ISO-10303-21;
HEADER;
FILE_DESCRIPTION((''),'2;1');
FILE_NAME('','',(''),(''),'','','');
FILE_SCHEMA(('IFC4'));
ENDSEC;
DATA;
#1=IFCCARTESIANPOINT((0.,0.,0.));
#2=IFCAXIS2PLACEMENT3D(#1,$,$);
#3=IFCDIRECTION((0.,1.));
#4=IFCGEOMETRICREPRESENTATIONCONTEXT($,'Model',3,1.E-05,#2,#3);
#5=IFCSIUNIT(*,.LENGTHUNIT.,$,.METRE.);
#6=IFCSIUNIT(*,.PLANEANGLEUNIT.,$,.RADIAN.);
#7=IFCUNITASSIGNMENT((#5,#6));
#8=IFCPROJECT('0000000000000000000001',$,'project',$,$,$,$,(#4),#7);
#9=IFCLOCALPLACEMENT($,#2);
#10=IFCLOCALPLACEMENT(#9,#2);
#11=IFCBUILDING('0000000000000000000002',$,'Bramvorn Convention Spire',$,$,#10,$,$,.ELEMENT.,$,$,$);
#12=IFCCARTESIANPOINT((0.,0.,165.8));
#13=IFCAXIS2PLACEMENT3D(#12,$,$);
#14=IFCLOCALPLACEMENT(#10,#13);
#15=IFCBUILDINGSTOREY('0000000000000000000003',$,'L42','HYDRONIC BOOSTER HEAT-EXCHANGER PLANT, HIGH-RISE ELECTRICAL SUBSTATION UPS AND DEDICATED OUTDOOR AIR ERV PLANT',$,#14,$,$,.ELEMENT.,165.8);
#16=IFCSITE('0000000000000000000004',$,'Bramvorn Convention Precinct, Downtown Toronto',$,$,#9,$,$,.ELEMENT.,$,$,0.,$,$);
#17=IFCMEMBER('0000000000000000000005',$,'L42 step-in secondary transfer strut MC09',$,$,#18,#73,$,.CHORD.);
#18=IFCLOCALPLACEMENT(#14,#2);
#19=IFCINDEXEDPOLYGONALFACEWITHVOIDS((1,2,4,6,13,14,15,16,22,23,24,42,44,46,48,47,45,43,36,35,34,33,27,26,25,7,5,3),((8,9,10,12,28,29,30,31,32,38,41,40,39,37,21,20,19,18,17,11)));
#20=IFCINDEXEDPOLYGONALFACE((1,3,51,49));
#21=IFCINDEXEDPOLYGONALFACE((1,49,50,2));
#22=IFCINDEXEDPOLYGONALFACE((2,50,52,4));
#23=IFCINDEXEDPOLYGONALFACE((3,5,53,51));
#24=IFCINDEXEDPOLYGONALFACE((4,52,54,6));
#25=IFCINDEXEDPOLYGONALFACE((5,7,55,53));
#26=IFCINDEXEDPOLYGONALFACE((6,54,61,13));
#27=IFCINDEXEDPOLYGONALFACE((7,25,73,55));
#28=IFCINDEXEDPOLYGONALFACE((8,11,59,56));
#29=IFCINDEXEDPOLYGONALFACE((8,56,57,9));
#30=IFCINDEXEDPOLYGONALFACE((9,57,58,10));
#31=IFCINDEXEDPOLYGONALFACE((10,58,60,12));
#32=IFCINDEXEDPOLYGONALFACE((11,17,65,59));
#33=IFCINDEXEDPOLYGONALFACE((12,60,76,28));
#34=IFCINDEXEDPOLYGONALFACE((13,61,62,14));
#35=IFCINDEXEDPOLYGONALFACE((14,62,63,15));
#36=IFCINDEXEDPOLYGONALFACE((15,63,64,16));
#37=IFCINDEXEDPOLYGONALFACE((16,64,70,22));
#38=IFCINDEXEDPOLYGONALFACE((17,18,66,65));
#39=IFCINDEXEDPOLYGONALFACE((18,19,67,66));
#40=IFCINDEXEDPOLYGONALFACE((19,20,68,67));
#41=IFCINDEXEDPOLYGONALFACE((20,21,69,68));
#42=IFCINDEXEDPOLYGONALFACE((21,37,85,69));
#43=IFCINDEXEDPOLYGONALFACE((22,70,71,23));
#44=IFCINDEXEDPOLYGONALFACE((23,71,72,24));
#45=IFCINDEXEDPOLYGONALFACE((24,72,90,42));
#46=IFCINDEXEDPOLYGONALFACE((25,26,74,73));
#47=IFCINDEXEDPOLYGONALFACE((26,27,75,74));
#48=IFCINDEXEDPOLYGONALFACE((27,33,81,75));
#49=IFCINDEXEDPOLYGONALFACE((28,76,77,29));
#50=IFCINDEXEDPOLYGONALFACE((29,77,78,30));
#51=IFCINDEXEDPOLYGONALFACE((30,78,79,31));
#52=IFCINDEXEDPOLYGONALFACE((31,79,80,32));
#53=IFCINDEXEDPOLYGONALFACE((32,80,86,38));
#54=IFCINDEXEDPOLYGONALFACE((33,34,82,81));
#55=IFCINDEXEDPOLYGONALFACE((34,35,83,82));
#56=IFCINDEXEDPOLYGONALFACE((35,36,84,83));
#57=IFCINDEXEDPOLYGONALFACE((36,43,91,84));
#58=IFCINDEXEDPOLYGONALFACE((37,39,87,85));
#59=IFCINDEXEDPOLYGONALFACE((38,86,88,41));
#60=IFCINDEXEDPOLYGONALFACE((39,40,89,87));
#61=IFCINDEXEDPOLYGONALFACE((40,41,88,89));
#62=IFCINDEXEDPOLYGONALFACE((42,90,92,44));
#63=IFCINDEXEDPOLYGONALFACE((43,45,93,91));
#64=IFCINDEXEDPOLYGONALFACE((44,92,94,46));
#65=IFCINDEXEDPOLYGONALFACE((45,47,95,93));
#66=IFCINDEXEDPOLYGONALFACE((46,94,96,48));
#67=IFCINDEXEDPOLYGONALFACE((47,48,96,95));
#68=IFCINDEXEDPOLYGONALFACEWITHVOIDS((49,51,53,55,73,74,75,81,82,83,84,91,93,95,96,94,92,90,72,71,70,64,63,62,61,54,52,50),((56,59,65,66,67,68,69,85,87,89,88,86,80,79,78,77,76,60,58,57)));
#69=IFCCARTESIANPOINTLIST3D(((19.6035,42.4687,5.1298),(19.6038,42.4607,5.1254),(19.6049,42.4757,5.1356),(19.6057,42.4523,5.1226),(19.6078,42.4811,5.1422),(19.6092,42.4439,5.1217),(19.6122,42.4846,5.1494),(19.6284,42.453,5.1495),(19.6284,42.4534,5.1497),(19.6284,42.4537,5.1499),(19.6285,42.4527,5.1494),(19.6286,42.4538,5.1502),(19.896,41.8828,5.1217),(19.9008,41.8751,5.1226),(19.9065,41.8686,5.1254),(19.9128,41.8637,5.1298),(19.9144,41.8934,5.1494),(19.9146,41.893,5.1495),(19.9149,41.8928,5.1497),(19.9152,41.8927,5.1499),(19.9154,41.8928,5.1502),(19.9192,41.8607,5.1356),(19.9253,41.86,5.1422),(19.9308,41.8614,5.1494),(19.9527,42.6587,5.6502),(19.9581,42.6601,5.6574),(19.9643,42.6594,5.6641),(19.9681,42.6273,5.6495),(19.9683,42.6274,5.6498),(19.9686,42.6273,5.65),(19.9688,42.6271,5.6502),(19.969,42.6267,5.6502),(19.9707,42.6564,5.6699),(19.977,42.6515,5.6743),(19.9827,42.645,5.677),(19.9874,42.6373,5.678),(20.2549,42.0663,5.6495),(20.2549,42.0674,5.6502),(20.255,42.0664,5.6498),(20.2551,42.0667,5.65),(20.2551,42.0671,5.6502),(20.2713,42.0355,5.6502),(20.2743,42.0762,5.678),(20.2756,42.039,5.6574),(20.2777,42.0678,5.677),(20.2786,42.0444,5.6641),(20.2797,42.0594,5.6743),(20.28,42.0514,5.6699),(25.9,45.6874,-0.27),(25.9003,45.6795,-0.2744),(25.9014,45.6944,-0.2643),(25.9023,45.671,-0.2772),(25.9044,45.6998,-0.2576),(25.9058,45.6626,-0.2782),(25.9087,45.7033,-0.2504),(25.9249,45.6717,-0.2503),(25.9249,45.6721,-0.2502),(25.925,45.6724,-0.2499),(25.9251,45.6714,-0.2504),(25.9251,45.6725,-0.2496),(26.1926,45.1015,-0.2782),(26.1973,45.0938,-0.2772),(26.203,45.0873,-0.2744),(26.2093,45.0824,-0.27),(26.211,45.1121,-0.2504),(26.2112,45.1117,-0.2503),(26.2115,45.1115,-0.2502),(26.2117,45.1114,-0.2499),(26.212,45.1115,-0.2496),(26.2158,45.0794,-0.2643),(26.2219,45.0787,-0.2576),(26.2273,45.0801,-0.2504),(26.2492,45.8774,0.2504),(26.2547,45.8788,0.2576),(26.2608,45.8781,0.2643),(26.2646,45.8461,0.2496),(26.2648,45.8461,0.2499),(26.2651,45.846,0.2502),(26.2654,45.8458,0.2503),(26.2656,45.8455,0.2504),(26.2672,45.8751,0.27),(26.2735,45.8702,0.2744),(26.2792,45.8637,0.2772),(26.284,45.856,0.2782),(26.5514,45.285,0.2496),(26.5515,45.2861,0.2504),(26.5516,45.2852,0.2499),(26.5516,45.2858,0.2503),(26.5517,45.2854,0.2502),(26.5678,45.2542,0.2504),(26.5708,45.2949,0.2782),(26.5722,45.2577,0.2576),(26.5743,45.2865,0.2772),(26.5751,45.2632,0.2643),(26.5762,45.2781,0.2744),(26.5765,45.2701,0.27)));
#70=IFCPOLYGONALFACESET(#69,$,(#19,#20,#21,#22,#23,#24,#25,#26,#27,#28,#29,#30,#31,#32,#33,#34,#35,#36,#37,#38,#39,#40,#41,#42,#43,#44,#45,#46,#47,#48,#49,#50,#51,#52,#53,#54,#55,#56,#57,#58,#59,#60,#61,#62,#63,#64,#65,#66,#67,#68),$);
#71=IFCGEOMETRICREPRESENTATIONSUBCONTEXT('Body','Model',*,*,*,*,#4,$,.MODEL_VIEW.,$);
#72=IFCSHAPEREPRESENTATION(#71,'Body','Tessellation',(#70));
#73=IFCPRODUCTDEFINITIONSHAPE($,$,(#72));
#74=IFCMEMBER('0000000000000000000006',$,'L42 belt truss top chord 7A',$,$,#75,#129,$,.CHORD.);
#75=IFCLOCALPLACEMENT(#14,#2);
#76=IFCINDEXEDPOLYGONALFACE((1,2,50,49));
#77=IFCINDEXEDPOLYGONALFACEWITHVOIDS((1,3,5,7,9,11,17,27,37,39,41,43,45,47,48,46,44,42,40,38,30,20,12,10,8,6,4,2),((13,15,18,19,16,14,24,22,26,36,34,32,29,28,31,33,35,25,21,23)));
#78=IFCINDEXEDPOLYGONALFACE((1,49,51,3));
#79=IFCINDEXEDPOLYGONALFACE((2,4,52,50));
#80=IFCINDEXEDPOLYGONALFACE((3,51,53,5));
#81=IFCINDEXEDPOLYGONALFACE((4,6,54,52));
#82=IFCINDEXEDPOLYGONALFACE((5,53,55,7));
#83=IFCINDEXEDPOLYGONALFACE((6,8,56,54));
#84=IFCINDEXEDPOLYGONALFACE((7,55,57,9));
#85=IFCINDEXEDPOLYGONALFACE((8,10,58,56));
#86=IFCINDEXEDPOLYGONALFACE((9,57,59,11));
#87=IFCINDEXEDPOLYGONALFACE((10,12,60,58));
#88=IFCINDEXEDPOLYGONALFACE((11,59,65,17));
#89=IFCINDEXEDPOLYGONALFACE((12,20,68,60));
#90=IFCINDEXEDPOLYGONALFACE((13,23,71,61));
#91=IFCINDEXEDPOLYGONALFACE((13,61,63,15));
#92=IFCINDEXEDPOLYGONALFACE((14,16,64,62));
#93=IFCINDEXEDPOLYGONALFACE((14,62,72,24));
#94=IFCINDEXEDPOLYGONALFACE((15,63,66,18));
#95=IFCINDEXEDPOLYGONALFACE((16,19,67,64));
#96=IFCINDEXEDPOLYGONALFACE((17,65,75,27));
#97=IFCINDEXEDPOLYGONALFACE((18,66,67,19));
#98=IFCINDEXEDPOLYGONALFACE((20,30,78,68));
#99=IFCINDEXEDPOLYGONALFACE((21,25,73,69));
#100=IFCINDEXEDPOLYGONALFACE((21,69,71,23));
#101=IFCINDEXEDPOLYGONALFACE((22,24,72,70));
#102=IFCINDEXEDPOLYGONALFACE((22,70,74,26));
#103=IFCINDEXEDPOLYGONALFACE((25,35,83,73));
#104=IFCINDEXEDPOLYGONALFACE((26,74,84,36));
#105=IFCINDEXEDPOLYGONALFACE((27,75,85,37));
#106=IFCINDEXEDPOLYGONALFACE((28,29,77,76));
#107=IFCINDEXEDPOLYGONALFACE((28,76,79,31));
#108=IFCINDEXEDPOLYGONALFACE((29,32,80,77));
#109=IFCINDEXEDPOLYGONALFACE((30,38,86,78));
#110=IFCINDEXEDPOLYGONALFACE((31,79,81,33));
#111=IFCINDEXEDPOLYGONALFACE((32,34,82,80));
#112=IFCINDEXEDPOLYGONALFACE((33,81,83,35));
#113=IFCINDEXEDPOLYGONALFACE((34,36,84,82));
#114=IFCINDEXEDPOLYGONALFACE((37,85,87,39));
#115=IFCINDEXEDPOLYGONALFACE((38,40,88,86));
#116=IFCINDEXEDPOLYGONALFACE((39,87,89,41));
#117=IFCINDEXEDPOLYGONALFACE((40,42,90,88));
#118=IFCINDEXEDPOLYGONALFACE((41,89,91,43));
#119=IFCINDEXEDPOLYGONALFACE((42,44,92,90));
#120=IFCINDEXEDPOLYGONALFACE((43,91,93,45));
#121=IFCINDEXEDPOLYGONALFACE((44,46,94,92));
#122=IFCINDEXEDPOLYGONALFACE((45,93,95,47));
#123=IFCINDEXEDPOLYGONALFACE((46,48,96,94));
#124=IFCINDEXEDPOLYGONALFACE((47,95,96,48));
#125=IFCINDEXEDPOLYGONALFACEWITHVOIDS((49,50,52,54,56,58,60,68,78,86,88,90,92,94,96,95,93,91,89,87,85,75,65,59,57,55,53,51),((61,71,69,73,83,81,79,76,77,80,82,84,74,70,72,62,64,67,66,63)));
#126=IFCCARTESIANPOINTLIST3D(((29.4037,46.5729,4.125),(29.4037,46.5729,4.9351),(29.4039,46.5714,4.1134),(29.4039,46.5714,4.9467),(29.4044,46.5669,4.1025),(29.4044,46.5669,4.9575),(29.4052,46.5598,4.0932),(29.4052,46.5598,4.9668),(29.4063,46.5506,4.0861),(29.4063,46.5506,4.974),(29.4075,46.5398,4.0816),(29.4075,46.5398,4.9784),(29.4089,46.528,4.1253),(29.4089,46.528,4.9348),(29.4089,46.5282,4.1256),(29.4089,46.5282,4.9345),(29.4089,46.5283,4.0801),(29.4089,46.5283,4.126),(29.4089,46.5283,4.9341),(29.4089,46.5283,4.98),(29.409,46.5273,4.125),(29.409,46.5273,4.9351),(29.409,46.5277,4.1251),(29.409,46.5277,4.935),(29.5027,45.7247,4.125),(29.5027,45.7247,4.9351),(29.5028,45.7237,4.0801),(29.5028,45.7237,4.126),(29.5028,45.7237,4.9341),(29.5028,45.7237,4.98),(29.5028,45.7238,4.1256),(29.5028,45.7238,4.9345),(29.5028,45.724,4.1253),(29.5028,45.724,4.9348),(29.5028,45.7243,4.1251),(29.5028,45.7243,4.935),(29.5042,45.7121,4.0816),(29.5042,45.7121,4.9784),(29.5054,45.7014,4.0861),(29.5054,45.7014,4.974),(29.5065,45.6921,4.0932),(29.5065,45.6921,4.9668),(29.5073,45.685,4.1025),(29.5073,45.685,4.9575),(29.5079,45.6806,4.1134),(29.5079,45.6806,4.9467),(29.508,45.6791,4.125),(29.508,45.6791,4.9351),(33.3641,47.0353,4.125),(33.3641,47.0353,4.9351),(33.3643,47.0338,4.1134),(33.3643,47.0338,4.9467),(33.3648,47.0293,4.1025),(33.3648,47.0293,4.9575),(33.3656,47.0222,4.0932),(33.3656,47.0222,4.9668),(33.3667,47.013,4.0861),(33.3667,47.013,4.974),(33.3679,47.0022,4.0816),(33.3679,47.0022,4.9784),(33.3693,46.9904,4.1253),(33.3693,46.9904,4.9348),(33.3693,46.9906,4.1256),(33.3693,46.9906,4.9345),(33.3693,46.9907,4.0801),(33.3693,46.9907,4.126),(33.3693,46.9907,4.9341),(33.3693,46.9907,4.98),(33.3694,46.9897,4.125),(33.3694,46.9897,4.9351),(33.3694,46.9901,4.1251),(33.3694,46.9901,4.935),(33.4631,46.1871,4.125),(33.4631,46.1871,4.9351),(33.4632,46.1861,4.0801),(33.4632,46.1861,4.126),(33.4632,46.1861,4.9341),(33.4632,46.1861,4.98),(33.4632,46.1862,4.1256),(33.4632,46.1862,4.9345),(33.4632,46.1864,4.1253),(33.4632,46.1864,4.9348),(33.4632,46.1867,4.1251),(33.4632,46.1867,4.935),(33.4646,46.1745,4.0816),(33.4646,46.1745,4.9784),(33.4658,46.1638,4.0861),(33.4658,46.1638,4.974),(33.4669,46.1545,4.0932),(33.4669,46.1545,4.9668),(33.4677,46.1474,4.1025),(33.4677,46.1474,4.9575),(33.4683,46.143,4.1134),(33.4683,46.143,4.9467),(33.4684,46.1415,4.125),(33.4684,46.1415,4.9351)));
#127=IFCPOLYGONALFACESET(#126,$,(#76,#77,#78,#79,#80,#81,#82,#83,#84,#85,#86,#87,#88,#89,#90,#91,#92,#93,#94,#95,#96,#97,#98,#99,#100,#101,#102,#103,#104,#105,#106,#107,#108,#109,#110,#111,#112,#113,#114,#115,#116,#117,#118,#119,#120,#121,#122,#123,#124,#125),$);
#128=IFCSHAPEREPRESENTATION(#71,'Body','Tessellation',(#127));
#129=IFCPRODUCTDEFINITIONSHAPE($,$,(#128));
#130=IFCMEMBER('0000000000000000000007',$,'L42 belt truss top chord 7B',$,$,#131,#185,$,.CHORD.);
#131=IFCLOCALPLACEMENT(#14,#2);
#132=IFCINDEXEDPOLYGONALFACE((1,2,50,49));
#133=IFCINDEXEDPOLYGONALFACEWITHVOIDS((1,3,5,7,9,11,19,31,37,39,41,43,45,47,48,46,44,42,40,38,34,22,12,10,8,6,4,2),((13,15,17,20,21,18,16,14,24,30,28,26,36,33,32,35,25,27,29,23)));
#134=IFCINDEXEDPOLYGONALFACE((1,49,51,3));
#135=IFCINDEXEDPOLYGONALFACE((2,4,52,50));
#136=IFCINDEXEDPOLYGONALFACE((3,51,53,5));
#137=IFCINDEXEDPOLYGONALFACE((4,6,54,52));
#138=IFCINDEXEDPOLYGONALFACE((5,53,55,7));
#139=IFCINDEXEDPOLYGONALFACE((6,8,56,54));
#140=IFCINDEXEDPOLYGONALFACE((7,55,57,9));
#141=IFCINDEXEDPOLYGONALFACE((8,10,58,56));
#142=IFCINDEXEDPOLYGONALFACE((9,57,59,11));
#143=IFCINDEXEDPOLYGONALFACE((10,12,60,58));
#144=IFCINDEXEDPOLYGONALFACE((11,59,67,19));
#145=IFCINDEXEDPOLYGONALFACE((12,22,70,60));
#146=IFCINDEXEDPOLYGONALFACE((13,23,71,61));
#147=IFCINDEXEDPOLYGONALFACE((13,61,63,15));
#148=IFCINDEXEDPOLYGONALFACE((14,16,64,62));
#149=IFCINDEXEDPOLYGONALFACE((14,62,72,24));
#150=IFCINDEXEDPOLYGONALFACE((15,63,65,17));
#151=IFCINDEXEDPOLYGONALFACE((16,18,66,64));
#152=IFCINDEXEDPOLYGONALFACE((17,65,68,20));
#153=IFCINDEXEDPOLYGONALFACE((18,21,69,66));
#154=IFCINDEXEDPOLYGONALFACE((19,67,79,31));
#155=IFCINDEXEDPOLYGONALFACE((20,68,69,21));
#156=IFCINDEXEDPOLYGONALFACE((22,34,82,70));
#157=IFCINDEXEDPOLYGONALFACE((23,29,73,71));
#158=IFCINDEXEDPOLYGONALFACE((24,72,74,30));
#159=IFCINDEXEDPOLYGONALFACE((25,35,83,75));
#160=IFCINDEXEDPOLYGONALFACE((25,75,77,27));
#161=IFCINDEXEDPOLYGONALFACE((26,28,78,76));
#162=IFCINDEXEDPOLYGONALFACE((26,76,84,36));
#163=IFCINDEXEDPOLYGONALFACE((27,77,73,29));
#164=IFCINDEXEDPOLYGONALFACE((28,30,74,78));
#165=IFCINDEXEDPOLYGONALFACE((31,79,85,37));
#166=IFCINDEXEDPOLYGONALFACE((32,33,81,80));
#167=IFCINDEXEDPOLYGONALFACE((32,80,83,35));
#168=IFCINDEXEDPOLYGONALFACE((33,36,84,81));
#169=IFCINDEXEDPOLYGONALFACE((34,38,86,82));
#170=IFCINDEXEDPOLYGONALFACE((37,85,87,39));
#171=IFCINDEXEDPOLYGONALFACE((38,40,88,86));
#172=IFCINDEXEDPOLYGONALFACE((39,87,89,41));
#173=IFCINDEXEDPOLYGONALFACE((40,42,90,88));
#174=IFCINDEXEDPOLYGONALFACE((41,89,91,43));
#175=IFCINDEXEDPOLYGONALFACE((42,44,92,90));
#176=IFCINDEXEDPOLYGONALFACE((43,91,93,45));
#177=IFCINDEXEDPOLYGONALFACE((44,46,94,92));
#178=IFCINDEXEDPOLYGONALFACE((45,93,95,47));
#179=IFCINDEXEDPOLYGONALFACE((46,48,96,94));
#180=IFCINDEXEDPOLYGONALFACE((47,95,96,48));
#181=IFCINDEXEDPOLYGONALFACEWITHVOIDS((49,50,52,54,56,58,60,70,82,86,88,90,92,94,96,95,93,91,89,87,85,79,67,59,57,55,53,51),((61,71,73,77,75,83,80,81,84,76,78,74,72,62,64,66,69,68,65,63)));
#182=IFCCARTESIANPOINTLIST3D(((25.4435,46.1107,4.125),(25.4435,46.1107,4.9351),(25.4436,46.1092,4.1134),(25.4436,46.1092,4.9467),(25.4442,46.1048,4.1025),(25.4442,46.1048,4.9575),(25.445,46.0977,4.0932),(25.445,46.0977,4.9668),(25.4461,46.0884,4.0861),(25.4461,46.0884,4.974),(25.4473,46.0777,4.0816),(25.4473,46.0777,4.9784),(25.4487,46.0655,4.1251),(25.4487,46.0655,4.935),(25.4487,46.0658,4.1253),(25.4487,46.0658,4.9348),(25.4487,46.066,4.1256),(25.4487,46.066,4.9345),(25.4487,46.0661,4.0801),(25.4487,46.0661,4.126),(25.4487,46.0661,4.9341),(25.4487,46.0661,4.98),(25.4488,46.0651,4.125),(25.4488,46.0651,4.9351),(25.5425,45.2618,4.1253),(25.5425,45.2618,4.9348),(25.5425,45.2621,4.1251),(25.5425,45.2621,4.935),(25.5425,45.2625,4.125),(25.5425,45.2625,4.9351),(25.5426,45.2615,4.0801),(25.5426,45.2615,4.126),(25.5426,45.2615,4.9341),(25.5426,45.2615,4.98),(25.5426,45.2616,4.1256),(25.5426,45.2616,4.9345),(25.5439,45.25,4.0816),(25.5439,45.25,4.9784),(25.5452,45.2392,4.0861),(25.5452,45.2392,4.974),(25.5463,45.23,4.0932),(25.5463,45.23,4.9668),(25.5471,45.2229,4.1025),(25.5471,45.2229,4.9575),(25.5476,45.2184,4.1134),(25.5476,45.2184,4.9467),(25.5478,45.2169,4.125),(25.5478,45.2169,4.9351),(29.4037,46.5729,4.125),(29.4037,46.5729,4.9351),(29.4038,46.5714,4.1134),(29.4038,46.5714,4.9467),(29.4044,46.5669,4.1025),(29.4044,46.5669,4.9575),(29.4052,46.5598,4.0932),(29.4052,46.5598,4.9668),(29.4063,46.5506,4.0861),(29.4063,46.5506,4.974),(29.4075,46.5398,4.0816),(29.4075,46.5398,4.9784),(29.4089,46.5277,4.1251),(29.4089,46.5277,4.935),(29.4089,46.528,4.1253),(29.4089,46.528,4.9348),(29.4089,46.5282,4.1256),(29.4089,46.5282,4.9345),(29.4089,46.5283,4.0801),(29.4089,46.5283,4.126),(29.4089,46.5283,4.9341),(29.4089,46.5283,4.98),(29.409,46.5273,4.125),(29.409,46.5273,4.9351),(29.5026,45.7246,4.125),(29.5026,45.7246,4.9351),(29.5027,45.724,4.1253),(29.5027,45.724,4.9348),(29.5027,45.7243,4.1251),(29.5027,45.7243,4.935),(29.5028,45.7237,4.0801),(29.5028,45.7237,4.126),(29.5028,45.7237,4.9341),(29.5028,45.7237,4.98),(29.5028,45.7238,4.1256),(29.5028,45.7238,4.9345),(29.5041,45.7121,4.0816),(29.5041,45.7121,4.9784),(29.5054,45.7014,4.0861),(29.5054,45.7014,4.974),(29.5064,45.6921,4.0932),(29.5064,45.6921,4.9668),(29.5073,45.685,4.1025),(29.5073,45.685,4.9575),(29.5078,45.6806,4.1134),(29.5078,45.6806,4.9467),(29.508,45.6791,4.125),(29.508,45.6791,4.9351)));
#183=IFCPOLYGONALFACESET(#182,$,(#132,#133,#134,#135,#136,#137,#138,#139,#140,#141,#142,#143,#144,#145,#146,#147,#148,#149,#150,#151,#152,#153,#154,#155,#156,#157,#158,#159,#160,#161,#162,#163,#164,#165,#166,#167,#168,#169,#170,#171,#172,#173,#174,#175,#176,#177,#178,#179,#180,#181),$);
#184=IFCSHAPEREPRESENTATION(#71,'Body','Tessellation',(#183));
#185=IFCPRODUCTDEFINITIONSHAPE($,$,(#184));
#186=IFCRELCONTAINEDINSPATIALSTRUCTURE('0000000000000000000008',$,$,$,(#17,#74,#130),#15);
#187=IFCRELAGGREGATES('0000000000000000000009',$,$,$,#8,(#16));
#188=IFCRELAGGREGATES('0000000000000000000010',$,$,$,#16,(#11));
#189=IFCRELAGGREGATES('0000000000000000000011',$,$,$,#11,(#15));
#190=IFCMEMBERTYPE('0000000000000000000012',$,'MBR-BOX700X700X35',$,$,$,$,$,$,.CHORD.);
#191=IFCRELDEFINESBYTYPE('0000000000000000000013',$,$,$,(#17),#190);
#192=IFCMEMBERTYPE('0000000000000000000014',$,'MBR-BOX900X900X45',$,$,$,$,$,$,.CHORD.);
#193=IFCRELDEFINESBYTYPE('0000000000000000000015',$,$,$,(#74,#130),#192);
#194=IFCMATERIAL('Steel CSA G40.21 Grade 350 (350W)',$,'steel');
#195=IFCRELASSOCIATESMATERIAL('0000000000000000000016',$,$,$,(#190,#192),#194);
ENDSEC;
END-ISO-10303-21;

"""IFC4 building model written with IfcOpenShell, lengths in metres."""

from ifc_helpers import new_model, si_unit, direction, frame, origin, origin_2d, place, context, subcontext, project, spatial, hollow_rectangle, extrude, material, material_profile, profile_set, type_object, element, save


model = new_model("IFC4")

# Units and contexts
model_context = context("Model", 3, precision=1e-05, world=origin(), true_north=direction((0.0, 1.0)))
body_context = subcontext(model_context, "Body", "Model", "MODEL_VIEW")
ifc_project = project(units=[si_unit("LENGTHUNIT", "METRE"), si_unit("PLANEANGLEUNIT", "RADIAN")], contexts=[model_context])

# Site, building, storey
site_placement = place(None, origin())
site = spatial("IfcSite", under=ifc_project, at=site_placement, Name="Bramvorn Convention Precinct, Downtown Toronto", CompositionType="ELEMENT", RefElevation=0.0)
building_placement = place(site_placement, origin())
building = spatial("IfcBuilding", under=site, at=building_placement, Name="Bramvorn Convention Spire", CompositionType="ELEMENT")
storey_placement = place(building_placement, frame((0.0, 0.0, 165.8)))
storey = spatial("IfcBuildingStorey", under=building, at=storey_placement, Name="L42", Description="HYDRONIC BOOSTER HEAT-EXCHANGER PLANT, HIGH-RISE ELECTRICAL SUBSTATION UPS AND DEDICATED OUTDOOR AIR ERV PLANT", CompositionType="ELEMENT", Elevation=165.8)

# Shared definitions
ifc_material_1 = material(Name="Steel CSA G40.21 Grade 350 (350W)", Category="steel")

# Members
ifc_material_profile_1 = material_profile(ifc_material_1, hollow_rectangle(XDim=0.7, YDim=0.7, WallThickness=0.0349, InnerFilletRadius=0.001, OuterFilletRadius=0.0349, at=origin_2d()))
ifc_profile_set_1 = profile_set([ifc_material_profile_1], Name="Steel CSA G40.21 Grade 350 (350W) - BOX700X700X35")
member_type_1 = type_object("IfcMemberType", Name="MBR-BOX700X700X35", PredefinedType="CHORD", material=ifc_profile_set_1)
member_1_placement = place(storey_placement, frame((26.2383, 45.4788, 0.0), z_axis=(-0.707679, -0.361756, 0.606896), x_axis=(0.455164, -0.890408, 0.0)))
element("IfcMember", 1, at=member_1_placement, inside=storey, type_object=member_type_1, Name="L42 step-in secondary transfer strut MC09", PredefinedType="CHORD", context=body_context, shape_type="SweptSolid", body=[
    extrude(hollow_rectangle(XDim=0.7, YDim=0.7, WallThickness=0.0349, InnerFilletRadius=0.001, OuterFilletRadius=0.0349, at=origin_2d()), origin(), (0.0, 0.0, 1.0), 8.8975),
])
ifc_material_profile_2 = material_profile(ifc_material_1, hollow_rectangle(XDim=0.8999, YDim=0.8999, WallThickness=0.0449, InnerFilletRadius=0.001, OuterFilletRadius=0.0449, at=origin_2d()))
ifc_profile_set_2 = profile_set([ifc_material_profile_2], Name="Steel CSA G40.21 Grade 350 (350W) - BOX900X900X45")
member_type_2 = type_object("IfcMemberType", Name="MBR-BOX900X900X45", PredefinedType="CHORD", material=ifc_profile_set_2)
member_2_placement = place(storey_placement, frame((33.4163, 46.5884, 4.53), z_axis=(-0.993253, -0.115967, 0.0), x_axis=(0.115967, -0.993253, 0.0)))
element("IfcMember", 2, at=member_2_placement, inside=storey, type_object=member_type_2, Name="L42 belt truss top chord 7A", PredefinedType="CHORD", context=body_context, shape_type="SweptSolid", body=[
    extrude(hollow_rectangle(XDim=0.8999, YDim=0.8999, WallThickness=0.0449, InnerFilletRadius=0.001, OuterFilletRadius=0.0449, at=origin_2d()), origin(), (0.0, 0.0, 1.0), 3.9873),
])
member_3_placement = place(storey_placement, frame((29.4558, 46.126, 4.53), z_axis=(-0.993259, -0.115914, 0.0), x_axis=(0.115914, -0.993259, 0.0)))
element("IfcMember", 3, at=member_3_placement, inside=storey, type_object=member_type_2, Name="L42 belt truss top chord 7B", PredefinedType="CHORD", context=body_context, shape_type="SweptSolid", body=[
    extrude(hollow_rectangle(XDim=0.8999, YDim=0.8999, WallThickness=0.0449, InnerFilletRadius=0.001, OuterFilletRadius=0.0449, at=origin_2d()), origin(), (0.0, 0.0, 1.0), 3.9871),
])

save(model, "model.ifc")
